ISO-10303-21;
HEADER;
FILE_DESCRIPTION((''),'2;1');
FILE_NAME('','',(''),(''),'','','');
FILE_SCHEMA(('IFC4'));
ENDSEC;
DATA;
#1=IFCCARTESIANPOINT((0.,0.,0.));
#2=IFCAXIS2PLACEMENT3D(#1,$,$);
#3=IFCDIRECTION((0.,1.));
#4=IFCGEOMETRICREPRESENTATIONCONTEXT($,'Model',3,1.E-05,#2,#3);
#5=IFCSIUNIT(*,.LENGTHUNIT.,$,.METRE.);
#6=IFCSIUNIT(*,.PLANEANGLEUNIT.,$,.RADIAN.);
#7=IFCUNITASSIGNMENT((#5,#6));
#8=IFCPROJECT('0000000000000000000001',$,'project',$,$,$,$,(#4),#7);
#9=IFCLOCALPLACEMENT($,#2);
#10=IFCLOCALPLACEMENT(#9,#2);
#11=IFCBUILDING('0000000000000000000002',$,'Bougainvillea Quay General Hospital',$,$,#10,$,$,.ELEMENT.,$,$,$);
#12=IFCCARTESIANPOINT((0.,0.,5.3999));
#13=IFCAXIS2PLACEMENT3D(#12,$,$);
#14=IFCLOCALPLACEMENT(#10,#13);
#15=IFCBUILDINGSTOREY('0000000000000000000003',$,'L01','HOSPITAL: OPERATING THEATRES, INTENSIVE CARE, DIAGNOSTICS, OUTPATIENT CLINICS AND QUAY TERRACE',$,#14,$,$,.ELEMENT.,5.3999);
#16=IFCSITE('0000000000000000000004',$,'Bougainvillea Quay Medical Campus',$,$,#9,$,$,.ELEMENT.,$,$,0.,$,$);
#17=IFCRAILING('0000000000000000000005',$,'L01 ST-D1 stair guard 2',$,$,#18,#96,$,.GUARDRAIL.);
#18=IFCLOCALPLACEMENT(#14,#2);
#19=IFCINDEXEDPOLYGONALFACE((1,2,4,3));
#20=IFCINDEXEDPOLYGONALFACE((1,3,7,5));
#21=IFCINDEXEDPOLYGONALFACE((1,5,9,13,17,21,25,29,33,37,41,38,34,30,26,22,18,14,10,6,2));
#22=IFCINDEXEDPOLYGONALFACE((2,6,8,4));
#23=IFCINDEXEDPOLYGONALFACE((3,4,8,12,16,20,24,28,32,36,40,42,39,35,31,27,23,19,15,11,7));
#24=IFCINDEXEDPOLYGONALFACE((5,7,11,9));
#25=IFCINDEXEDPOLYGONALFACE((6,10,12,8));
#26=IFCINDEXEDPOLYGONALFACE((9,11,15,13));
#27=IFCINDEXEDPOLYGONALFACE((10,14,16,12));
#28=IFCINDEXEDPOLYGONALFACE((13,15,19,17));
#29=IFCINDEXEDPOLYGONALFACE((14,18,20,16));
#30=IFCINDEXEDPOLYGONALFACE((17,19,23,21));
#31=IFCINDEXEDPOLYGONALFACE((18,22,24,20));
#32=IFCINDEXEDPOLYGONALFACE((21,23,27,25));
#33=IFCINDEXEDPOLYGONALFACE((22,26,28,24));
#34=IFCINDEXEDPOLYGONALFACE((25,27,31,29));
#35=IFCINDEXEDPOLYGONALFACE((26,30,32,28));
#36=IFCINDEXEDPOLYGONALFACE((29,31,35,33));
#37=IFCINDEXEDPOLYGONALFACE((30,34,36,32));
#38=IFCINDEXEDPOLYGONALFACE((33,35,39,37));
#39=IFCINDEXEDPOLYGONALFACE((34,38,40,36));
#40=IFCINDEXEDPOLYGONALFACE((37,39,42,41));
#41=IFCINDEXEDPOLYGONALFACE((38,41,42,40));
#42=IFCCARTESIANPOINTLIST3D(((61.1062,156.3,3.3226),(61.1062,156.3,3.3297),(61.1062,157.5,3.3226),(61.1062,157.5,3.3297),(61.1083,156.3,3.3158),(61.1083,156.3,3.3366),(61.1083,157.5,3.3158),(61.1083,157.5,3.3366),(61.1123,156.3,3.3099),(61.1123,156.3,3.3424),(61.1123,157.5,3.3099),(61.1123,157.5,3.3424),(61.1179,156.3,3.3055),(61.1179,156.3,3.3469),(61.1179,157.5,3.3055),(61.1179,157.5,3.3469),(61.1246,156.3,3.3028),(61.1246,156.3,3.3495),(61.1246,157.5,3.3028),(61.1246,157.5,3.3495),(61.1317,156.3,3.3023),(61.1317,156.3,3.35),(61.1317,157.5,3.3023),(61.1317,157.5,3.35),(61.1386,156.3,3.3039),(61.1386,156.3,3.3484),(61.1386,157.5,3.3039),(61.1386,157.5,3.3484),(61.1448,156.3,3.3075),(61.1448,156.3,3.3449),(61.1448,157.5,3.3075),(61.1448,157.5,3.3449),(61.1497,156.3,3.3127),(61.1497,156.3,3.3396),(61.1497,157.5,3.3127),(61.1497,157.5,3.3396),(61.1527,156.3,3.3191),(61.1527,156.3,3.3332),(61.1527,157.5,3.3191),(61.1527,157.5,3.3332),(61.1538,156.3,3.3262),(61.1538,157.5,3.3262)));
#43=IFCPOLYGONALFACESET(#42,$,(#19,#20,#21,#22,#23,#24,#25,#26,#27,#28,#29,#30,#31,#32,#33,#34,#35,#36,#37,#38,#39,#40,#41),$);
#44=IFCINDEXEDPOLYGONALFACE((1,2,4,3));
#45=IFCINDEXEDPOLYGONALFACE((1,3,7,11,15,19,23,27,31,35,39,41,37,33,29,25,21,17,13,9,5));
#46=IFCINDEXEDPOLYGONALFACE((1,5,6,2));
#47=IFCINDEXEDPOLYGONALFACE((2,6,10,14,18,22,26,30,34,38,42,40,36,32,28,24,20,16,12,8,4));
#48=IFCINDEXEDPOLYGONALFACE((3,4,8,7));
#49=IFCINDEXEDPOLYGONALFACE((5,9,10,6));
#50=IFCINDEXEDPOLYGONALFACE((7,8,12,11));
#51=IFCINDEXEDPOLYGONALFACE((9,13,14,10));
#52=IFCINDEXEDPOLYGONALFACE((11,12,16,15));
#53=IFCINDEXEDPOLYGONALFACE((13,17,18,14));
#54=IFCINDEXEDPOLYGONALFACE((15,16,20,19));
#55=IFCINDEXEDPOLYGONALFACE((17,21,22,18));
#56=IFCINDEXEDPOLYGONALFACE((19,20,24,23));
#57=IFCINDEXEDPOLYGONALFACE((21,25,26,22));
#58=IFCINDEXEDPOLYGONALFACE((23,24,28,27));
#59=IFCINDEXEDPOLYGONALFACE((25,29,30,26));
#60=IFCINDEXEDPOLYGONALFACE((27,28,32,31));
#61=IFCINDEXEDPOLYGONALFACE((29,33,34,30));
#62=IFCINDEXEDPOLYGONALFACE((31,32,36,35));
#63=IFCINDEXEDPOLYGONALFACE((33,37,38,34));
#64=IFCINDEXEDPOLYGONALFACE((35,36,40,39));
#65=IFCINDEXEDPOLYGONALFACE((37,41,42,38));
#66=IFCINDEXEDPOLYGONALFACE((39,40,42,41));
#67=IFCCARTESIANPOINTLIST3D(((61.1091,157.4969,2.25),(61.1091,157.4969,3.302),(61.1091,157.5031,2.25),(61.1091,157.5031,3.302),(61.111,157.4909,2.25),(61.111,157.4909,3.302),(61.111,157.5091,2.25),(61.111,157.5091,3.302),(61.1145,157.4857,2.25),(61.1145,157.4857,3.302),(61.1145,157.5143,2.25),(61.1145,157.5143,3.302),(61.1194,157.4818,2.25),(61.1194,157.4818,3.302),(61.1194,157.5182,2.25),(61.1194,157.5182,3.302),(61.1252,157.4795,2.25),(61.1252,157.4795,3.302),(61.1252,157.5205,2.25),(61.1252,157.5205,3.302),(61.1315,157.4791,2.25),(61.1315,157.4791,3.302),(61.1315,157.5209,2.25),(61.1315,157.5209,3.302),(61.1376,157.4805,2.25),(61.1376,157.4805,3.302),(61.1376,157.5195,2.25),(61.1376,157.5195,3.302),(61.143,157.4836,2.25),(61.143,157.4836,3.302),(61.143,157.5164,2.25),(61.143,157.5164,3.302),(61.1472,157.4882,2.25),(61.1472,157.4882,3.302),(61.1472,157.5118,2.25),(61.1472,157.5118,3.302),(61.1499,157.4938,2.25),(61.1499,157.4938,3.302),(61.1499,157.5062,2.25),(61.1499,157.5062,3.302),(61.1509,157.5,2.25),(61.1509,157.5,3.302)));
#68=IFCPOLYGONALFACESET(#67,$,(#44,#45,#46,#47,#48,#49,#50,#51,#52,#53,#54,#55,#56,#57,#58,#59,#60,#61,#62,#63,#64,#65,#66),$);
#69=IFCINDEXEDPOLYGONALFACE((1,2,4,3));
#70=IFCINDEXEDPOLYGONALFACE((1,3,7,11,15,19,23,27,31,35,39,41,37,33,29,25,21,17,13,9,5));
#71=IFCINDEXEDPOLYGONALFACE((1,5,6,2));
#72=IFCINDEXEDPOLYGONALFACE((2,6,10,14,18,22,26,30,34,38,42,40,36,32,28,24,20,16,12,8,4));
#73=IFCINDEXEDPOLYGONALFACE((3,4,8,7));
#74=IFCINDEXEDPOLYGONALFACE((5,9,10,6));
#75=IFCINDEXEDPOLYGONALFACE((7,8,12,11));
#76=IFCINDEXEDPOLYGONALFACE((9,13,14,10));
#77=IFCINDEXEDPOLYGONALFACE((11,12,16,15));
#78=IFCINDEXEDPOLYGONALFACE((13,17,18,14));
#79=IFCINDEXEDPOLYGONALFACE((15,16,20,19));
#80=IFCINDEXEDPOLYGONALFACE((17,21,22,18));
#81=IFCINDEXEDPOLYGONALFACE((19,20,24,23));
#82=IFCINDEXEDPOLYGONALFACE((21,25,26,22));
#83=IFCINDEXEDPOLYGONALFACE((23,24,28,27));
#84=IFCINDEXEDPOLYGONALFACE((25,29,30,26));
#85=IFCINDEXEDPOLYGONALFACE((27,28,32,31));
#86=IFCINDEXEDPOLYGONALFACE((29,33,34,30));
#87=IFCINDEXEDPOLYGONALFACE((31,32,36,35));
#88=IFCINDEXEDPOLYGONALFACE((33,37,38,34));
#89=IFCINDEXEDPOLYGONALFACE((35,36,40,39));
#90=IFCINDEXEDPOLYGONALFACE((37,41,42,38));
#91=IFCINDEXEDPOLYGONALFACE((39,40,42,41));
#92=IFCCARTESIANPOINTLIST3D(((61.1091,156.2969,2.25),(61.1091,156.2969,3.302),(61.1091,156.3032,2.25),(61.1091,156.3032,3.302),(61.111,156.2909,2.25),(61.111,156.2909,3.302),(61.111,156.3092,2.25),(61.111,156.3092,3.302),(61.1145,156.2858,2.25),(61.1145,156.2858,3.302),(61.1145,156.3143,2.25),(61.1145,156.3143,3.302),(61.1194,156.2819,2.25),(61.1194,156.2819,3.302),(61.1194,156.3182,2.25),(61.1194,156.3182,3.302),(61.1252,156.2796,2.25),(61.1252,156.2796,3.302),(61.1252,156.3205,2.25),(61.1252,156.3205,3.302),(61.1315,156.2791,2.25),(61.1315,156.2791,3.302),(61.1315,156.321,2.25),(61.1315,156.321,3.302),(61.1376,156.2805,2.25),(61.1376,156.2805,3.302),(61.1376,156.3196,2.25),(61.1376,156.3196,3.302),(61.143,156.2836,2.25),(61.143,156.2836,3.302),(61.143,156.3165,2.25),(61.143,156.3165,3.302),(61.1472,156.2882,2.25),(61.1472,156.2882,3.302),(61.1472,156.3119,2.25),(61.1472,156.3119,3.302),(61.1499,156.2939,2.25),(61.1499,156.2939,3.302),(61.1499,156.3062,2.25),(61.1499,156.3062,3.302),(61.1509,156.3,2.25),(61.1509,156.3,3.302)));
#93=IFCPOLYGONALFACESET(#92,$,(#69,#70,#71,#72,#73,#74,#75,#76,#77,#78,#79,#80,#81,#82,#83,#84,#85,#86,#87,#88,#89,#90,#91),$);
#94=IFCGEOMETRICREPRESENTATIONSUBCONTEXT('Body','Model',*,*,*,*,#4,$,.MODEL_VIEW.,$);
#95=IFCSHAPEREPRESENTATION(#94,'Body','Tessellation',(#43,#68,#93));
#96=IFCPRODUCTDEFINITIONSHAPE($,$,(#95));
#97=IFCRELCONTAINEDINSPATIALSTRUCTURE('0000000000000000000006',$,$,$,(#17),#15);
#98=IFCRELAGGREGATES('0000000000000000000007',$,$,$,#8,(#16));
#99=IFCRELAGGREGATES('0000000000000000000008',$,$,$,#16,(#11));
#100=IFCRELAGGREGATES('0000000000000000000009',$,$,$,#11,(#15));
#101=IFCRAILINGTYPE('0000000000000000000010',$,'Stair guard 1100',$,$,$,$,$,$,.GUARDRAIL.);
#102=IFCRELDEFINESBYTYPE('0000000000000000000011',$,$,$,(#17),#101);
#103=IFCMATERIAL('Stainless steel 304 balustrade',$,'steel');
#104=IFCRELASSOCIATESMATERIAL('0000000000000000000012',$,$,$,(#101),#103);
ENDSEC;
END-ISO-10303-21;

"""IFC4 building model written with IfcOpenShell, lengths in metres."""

from ifc_helpers import new_model, si_unit, direction, frame, origin, origin_2d, place, context, subcontext, project, spatial, circle, extrude, material, type_object, element, save


model = new_model("IFC4")

# Units and contexts
model_context = context("Model", 3, precision=1e-05, world=origin(), true_north=direction((0.0, 1.0)))
body_context = subcontext(model_context, "Body", "Model", "MODEL_VIEW")
ifc_project = project(units=[si_unit("LENGTHUNIT", "METRE"), si_unit("PLANEANGLEUNIT", "RADIAN")], contexts=[model_context])

# Site, building, storey
site_placement = place(None, origin())
site = spatial("IfcSite", under=ifc_project, at=site_placement, Name="Bougainvillea Quay Medical Campus", CompositionType="ELEMENT", RefElevation=0.0)
building_placement = place(site_placement, origin())
building = spatial("IfcBuilding", under=site, at=building_placement, Name="Bougainvillea Quay General Hospital", CompositionType="ELEMENT")
storey_placement = place(building_placement, frame((0.0, 0.0, 5.3999)))
storey = spatial("IfcBuildingStorey", under=building, at=storey_placement, Name="L01", Description="HOSPITAL: OPERATING THEATRES, INTENSIVE CARE, DIAGNOSTICS, OUTPATIENT CLINICS AND QUAY TERRACE", CompositionType="ELEMENT", Elevation=5.3999)

# Railing
ifc_material_1 = material(Name="Stainless steel 304 balustrade", Category="steel")
railing_type_1 = type_object("IfcRailingType", Name="Stair guard 1100", PredefinedType="GUARDRAIL", material=ifc_material_1)
railing_1_placement = place(storey_placement, frame((61.1299, 157.5, 2.25)))
element("IfcRailing", 1, at=railing_1_placement, inside=storey, type_object=railing_type_1, Name="L01 ST-D1 stair guard 2", PredefinedType="GUARDRAIL", context=body_context, shape_type="SweptSolid", body=[
    extrude(circle(Radius=0.0239, at=origin_2d()), frame((0.0, 0.0, 1.0762), z_axis=(0.0, -1.0, 0.0), x_axis=(1.0, 0.0, 0.0)), (0.0, 0.0, 1.0), 1.2),
    extrude(circle(Radius=0.021, at=origin_2d()), origin(), (0.0, 0.0, 1.0), 1.052),
    extrude(circle(Radius=0.021, at=origin_2d()), frame((0.0, -1.2, 0.0)), (0.0, 0.0, 1.0), 1.052),
])

save(model, "model.ifc")
